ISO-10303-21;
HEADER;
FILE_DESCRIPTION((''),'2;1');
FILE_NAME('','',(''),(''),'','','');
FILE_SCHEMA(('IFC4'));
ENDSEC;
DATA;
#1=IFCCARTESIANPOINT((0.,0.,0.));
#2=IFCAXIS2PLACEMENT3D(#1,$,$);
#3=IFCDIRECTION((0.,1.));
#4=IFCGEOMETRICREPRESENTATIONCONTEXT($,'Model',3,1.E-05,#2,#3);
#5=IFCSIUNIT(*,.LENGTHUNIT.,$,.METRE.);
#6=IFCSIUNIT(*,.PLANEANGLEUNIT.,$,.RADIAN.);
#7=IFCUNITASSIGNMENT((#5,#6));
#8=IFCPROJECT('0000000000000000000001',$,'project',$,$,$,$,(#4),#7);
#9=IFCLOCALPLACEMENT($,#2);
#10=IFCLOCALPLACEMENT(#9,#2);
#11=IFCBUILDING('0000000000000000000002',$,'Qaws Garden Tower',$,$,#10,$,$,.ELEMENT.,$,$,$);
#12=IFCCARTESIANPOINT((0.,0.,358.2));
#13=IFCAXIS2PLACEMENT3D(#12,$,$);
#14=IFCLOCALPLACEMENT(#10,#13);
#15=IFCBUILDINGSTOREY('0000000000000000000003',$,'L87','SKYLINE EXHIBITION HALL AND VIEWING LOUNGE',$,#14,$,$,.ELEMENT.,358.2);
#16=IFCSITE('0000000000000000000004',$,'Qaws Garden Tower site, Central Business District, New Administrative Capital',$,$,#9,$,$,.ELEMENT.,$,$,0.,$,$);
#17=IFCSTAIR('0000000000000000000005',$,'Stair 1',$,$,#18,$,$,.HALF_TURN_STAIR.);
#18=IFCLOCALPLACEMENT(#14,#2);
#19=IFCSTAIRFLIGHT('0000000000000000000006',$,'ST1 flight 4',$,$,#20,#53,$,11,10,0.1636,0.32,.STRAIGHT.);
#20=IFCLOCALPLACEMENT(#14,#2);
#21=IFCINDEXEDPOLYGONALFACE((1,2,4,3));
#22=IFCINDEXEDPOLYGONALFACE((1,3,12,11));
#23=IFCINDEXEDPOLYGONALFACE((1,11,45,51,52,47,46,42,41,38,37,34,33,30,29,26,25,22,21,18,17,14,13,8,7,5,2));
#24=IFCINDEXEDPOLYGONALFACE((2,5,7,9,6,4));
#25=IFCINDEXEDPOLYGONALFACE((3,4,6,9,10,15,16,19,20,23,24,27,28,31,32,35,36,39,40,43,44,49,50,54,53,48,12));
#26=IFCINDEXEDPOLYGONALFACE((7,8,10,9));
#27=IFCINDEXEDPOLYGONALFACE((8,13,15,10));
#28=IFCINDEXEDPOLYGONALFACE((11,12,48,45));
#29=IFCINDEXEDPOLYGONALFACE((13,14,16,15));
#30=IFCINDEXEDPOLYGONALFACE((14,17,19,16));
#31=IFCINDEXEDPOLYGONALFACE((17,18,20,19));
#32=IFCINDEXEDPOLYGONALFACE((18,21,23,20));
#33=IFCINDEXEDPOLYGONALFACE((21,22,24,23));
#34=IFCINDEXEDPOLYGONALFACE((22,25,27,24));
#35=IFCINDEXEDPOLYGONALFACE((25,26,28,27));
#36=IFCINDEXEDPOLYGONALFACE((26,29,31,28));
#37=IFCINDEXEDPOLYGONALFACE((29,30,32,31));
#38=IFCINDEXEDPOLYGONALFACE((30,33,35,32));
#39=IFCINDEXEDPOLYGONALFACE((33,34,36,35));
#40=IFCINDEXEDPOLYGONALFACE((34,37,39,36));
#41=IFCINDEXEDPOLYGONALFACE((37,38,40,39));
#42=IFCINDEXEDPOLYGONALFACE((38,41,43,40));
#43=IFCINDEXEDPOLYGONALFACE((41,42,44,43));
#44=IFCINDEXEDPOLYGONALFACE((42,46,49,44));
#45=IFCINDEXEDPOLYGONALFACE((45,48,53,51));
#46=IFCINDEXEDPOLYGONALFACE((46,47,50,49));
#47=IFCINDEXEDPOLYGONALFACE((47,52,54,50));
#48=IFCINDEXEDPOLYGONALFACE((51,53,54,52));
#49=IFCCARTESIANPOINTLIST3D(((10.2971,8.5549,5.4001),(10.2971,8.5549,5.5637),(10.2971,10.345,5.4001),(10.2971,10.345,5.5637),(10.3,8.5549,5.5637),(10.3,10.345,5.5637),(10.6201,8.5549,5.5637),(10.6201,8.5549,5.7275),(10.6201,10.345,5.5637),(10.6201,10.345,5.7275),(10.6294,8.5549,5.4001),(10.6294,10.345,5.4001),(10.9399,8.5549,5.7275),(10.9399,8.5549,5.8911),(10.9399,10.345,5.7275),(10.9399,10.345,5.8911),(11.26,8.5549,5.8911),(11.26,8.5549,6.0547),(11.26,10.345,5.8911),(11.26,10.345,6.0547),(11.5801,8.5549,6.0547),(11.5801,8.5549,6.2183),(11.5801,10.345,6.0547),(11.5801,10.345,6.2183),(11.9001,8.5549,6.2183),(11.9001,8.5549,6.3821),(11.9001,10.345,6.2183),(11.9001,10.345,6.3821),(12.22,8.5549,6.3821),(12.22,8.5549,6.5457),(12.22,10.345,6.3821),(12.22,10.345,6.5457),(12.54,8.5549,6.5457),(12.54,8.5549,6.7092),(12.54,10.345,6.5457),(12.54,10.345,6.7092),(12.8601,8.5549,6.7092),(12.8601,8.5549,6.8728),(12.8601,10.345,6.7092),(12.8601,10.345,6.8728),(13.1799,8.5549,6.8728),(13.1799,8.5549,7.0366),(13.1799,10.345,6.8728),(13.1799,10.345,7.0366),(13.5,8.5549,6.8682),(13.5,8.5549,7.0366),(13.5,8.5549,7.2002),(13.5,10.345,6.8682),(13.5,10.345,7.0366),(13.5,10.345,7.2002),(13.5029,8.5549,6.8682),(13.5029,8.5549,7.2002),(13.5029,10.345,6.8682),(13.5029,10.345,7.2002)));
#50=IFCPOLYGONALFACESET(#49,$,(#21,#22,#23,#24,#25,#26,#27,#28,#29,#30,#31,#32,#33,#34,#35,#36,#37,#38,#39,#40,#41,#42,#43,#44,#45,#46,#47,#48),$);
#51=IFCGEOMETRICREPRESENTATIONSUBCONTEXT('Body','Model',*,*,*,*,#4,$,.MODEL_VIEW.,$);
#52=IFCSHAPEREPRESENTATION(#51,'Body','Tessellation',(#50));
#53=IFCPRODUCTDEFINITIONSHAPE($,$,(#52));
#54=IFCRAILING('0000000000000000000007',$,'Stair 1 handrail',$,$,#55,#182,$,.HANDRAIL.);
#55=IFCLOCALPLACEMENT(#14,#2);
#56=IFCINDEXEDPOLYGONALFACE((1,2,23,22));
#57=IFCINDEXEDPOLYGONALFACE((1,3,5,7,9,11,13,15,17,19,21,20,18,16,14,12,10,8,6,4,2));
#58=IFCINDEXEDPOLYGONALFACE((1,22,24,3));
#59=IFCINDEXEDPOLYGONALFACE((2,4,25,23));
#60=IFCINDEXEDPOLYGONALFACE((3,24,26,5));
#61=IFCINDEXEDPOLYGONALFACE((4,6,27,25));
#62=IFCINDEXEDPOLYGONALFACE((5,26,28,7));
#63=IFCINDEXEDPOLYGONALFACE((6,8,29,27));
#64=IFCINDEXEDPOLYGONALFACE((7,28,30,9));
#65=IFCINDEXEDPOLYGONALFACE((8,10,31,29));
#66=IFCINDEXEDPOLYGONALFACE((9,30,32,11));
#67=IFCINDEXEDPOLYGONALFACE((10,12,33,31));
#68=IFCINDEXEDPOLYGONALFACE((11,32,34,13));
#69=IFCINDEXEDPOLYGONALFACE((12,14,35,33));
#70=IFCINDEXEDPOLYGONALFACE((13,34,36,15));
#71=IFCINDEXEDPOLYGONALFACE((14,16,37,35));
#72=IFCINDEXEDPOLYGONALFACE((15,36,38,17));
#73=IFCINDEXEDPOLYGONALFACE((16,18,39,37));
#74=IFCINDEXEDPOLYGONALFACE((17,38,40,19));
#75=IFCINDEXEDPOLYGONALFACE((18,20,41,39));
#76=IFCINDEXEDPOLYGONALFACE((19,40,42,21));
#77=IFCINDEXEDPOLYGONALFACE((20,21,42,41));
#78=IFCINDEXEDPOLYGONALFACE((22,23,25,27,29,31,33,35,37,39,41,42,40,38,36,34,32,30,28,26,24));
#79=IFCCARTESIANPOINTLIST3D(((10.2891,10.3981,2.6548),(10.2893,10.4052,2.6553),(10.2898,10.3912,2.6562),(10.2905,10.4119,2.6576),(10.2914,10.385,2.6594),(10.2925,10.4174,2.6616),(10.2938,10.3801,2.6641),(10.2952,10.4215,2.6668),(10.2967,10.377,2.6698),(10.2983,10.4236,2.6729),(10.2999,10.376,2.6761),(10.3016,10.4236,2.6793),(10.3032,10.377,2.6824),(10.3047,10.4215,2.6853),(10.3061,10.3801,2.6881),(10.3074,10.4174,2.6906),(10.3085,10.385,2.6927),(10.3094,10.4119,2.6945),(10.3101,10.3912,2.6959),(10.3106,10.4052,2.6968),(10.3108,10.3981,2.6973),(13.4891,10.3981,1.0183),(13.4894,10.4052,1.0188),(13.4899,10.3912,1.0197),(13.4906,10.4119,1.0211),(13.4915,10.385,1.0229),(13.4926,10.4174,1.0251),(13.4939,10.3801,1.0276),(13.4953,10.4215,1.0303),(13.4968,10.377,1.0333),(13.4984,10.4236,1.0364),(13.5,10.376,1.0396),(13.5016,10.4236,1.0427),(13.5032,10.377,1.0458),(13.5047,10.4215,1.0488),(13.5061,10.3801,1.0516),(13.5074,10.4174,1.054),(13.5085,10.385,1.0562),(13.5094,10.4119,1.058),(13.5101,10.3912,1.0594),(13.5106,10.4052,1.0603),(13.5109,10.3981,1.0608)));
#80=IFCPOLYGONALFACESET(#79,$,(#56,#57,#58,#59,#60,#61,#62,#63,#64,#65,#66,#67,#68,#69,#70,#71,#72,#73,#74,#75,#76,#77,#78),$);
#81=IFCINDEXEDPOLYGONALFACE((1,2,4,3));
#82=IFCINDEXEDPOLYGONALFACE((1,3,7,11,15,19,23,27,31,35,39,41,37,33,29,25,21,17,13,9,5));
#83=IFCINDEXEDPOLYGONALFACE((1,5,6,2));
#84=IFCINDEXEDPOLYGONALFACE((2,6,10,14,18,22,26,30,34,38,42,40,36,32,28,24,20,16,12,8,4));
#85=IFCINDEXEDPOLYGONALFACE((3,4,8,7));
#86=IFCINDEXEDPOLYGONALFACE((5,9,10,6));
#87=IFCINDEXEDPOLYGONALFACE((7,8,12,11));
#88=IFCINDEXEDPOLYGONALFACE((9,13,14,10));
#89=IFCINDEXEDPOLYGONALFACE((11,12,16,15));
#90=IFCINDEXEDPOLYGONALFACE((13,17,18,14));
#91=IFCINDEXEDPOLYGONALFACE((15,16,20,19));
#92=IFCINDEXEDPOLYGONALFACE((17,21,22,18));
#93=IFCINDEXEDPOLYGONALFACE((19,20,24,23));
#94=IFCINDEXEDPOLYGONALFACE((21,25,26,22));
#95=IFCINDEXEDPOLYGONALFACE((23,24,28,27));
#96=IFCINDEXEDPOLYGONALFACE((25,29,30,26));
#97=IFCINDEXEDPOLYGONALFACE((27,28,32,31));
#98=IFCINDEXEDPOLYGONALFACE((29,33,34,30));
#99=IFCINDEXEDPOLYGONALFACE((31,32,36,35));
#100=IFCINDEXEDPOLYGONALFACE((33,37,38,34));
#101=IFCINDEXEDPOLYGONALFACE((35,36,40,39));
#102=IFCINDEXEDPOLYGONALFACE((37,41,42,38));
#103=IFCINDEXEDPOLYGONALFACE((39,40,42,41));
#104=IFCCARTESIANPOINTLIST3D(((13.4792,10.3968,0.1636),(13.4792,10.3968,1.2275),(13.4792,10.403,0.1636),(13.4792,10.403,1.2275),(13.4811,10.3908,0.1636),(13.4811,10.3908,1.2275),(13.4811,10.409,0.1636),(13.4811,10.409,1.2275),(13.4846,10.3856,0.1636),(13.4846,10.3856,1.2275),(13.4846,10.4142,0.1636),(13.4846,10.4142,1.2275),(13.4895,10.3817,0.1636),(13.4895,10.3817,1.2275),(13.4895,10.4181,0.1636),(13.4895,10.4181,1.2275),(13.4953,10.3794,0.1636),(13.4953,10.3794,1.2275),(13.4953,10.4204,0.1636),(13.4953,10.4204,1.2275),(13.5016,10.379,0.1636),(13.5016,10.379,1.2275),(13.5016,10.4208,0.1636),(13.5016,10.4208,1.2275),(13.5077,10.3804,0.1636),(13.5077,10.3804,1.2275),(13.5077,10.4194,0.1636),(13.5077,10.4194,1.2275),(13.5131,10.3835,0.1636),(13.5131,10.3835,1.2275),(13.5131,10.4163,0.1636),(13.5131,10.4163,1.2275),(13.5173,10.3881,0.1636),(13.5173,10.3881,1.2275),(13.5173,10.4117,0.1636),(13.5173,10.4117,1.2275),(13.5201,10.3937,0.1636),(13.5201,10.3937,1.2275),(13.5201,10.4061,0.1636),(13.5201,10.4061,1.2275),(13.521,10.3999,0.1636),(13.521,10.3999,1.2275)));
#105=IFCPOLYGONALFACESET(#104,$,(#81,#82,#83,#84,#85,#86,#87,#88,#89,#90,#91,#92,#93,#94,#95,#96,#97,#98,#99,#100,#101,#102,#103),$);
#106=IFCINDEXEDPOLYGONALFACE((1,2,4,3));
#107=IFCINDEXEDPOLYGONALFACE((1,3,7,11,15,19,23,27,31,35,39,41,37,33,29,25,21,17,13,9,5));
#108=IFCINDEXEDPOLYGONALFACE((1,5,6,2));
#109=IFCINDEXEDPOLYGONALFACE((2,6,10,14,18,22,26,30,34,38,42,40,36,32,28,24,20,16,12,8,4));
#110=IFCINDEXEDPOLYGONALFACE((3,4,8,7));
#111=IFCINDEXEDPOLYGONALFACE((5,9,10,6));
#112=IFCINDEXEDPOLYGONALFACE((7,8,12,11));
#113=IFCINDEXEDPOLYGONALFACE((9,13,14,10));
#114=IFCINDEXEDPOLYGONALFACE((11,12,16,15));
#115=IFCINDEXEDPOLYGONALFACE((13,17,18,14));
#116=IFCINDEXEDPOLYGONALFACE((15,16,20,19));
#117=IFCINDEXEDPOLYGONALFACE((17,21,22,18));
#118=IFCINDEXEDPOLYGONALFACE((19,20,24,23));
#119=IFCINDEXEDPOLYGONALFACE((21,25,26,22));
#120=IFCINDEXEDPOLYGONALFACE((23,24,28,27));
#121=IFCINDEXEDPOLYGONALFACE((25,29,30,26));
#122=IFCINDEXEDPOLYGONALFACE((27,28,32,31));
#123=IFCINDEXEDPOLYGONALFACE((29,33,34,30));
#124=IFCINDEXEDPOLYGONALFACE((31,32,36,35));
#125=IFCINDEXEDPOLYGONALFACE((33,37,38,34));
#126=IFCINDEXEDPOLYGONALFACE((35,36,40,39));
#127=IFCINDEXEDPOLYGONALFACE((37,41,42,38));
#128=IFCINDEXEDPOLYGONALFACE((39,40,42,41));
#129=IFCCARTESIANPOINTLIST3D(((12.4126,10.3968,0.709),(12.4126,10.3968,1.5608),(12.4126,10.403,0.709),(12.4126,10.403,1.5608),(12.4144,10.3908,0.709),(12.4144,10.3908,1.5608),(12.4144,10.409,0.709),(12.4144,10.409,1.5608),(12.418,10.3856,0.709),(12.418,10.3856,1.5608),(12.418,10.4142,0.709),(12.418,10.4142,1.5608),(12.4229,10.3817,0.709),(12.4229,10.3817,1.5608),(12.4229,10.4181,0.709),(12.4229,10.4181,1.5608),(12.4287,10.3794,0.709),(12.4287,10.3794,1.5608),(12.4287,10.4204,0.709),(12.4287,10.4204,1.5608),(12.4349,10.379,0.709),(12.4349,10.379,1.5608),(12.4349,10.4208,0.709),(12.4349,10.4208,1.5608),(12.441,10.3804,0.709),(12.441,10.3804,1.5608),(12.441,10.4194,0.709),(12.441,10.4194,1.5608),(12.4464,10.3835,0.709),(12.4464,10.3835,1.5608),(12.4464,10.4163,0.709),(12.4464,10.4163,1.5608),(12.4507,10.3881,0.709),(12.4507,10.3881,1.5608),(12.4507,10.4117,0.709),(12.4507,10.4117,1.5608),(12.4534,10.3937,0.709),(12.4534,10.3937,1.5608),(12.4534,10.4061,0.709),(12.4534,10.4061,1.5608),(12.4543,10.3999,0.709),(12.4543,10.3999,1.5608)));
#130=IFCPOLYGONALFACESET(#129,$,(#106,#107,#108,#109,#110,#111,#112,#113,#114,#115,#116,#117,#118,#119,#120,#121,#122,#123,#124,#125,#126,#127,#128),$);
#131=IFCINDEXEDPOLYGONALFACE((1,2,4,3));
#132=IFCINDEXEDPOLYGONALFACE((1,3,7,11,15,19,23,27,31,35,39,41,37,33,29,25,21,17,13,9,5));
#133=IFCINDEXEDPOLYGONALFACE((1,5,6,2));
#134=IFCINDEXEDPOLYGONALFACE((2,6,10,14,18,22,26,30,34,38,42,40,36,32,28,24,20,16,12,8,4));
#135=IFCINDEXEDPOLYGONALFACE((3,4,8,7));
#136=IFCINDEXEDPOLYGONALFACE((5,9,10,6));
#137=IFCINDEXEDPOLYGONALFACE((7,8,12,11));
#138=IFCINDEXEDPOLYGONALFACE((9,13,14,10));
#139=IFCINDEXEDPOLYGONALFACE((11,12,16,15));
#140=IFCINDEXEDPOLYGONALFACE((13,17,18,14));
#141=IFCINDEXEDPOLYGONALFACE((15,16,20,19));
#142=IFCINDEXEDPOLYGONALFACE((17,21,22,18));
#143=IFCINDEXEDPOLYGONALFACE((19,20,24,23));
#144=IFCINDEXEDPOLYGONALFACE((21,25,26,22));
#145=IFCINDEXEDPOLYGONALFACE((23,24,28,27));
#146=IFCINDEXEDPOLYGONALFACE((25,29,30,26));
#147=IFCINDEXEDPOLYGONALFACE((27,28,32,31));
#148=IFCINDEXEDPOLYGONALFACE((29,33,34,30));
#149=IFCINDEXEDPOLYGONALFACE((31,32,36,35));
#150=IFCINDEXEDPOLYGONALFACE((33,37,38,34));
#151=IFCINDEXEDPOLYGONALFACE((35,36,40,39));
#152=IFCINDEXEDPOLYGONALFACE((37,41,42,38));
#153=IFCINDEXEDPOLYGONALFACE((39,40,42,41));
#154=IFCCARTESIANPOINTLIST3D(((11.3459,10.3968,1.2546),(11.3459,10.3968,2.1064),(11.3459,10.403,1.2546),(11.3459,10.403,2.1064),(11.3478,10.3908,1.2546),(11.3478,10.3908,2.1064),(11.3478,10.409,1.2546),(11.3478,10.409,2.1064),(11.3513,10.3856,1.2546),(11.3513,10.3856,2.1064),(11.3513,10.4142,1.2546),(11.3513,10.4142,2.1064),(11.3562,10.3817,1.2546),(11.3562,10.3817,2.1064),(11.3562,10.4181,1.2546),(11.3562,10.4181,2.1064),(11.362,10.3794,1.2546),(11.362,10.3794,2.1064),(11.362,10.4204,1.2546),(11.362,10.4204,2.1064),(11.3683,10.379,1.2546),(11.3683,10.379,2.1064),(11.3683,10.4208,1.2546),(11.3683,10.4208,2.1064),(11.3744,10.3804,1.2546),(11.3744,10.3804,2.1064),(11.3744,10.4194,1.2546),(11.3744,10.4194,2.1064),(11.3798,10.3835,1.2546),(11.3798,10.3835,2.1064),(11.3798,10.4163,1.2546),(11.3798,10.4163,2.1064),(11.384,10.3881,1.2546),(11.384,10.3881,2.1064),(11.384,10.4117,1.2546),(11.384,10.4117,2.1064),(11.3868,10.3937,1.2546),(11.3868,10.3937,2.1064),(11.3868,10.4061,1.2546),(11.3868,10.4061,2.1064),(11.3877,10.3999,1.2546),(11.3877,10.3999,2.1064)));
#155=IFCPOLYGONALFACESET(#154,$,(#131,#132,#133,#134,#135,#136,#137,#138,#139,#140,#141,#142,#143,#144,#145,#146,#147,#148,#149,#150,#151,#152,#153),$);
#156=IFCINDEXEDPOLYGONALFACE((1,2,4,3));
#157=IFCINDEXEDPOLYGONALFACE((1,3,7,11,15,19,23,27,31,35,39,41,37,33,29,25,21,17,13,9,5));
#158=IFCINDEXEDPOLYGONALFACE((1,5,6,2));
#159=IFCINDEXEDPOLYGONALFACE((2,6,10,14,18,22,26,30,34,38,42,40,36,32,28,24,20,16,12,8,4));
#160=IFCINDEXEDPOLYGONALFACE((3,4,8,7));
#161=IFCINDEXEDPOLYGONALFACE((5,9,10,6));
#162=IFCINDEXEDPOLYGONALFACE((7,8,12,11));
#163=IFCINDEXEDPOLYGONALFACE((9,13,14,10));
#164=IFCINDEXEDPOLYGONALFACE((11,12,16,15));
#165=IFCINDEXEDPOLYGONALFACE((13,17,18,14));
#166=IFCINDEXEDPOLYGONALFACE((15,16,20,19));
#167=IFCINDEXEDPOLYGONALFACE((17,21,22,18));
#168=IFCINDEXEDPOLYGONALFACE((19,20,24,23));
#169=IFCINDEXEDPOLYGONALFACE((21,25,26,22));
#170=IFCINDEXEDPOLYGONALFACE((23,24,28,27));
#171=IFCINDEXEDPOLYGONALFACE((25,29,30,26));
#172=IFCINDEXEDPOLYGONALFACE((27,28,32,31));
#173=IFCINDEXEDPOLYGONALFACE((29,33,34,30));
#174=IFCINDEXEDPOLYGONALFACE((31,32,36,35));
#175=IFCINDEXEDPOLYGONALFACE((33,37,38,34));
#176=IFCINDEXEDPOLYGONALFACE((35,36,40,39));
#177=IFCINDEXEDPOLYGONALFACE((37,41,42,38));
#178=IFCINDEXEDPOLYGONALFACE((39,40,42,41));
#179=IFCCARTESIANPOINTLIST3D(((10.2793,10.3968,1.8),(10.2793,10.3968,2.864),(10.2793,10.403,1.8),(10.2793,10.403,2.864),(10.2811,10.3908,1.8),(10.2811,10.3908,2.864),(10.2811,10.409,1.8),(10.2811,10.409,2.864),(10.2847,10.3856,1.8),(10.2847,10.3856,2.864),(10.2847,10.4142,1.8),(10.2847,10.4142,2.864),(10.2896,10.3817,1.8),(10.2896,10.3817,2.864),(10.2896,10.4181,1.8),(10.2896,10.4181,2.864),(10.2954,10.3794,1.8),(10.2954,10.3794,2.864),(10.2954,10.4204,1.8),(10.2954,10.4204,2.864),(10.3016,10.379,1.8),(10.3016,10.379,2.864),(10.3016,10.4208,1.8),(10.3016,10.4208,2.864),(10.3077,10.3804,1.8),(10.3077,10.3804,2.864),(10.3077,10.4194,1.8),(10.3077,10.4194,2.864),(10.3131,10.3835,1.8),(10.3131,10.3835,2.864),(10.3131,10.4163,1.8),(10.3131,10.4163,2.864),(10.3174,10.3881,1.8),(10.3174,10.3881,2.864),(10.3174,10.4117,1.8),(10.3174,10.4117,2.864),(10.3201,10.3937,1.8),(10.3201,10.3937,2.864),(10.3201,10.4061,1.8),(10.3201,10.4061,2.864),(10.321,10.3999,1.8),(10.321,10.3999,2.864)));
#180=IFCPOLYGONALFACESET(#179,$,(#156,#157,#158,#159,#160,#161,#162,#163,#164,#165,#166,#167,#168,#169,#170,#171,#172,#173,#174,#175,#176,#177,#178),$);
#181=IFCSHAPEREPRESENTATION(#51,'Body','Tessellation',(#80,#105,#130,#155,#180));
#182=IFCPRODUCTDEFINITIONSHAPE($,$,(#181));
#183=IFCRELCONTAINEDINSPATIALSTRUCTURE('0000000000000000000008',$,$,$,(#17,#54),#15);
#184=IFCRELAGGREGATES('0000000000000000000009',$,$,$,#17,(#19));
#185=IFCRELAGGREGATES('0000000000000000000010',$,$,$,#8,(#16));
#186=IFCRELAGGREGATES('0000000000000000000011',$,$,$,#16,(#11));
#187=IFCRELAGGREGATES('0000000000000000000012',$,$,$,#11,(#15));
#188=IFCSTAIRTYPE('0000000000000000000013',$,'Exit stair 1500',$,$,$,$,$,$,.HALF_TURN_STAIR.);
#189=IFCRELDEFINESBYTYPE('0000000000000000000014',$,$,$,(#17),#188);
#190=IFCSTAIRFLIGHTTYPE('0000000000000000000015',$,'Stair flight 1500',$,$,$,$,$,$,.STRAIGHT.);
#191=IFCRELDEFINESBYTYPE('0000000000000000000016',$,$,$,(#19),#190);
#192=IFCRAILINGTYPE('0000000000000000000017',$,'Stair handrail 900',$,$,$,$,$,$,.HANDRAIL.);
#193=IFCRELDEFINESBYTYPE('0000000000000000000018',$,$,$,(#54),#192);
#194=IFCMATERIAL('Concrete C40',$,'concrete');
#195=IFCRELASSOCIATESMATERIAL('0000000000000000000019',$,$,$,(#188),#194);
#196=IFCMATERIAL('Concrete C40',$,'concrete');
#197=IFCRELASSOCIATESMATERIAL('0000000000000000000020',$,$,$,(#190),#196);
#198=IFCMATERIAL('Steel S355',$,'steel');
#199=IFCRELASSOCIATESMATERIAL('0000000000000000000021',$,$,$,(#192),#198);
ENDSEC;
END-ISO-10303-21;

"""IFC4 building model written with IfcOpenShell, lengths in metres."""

from ifc_helpers import new_model, si_unit, direction, frame, origin, origin_2d, place, context, subcontext, project, spatial, polyline, circle, outline, extrude, material, type_object, element, aggregate, save


model = new_model("IFC4")

# Units and contexts
model_context = context("Model", 3, precision=1e-05, world=origin(), true_north=direction((0.0, 1.0)))
body_context = subcontext(model_context, "Body", "Model", "MODEL_VIEW")
ifc_project = project(units=[si_unit("LENGTHUNIT", "METRE"), si_unit("PLANEANGLEUNIT", "RADIAN")], contexts=[model_context])

# Site, building, storey
site_placement = place(None, origin())
site = spatial("IfcSite", under=ifc_project, at=site_placement, Name="Qaws Garden Tower site, Central Business District, New Administrative Capital", CompositionType="ELEMENT", RefElevation=0.0)
building_placement = place(site_placement, origin())
building = spatial("IfcBuilding", under=site, at=building_placement, Name="Qaws Garden Tower", CompositionType="ELEMENT")
storey_placement = place(building_placement, frame((0.0, 0.0, 358.2)))
storey = spatial("IfcBuildingStorey", under=building, at=storey_placement, Name="L87", Description="SKYLINE EXHIBITION HALL AND VIEWING LOUNGE", CompositionType="ELEMENT", Elevation=358.2)

# Shared definitions
placement = place(storey_placement, origin())

# Stair, stair flight
ifc_material_1 = material(Name="Concrete C40", Category="concrete")
stair_type = type_object("IfcStairType", Name="Exit stair 1500", PredefinedType="HALF_TURN_STAIR", material=ifc_material_1)
stair = element("IfcStair", 1, at=placement, inside=storey, type_object=stair_type, Name="Stair 1", PredefinedType="HALF_TURN_STAIR")
ifc_material_2 = material(Name="Concrete C40", Category="concrete")
stair_flight_type = type_object("IfcStairFlightType", Name="Stair flight 1500", PredefinedType="STRAIGHT", material=ifc_material_2)
stair_flight_1_placement = place(storey_placement, frame((10.3, 9.45, 5.4001), z_axis=(0.0, 0.0, 1.0), x_axis=(1.0, 0.0, 0.0)))
stair_flight_1 = element("IfcStairFlight", 2, at=stair_flight_1_placement, type_object=stair_flight_type, Name="ST1 flight 4", NumberOfRisers=11, NumberOfTreads=10, PredefinedType="STRAIGHT", RiserHeight=0.1636, TreadLength=0.32, context=body_context, shape_type="SweptSolid", body=[
    extrude(outline(polyline([(-0.0029, 0.0), (-0.0029, 0.1636), (0.0, 0.1636), (0.3201, 0.1636), (0.3201, 0.3274), (0.6399, 0.3274), (0.6399, 0.491), (0.96, 0.491), (0.96, 0.6545), (1.28, 0.6545), (1.28, 0.8181), (1.6001, 0.8181), (1.6001, 0.9819), (1.9199, 0.9819), (1.9199, 1.1455), (2.24, 1.1455), (2.24, 1.3091), (2.5601, 1.3091), (2.5601, 1.4727), (2.8799, 1.4727), (2.8799, 1.6365), (3.2, 1.6365), (3.2, 1.8), (3.2029, 1.8), (3.2029, 1.468), (3.2, 1.468), (0.3293, 0.0), (-0.0029, 0.0)])), frame((0.0, 0.895, 0.0), z_axis=(0.0, -1.0, 0.0), x_axis=(1.0, 0.0, 0.0)), (0.0, 0.0, 1.0), 1.79),
])
aggregate(stair, [stair_flight_1])

# Railing
ifc_material_3 = material(Name="Steel S355", Category="steel")
railing_type = type_object("IfcRailingType", Name="Stair handrail 900", PredefinedType="HANDRAIL", material=ifc_material_3)
railing_1_placement = place(storey_placement, frame((13.5, 10.3999, 0.1636)))
element("IfcRailing", 3, at=railing_1_placement, inside=storey, type_object=railing_type, Name="Stair 1 handrail", PredefinedType="HANDRAIL", context=body_context, shape_type="SweptSolid", body=[
    extrude(circle(Radius=0.0239, at=origin_2d()), frame((0.0, 0.0, 0.876), z_axis=(-0.890328, 0.0, 0.455319), x_axis=(0.0, -1.0, 0.0)), (0.0, 0.0, 1.0), 3.5942),
    extrude(circle(Radius=0.021, at=origin_2d()), origin(), (0.0, 0.0, 1.0), 1.064),
    extrude(circle(Radius=0.021, at=origin_2d()), frame((-1.0667, 0.0, 0.5454)), (0.0, 0.0, 1.0), 0.8518),
    extrude(circle(Radius=0.021, at=origin_2d()), frame((-2.1333, 0.0, 1.0911)), (0.0, 0.0, 1.0), 0.8518),
    extrude(circle(Radius=0.021, at=origin_2d()), frame((-3.2, 0.0, 1.6365)), (0.0, 0.0, 1.0), 1.064),
])

save(model, "model.ifc")
